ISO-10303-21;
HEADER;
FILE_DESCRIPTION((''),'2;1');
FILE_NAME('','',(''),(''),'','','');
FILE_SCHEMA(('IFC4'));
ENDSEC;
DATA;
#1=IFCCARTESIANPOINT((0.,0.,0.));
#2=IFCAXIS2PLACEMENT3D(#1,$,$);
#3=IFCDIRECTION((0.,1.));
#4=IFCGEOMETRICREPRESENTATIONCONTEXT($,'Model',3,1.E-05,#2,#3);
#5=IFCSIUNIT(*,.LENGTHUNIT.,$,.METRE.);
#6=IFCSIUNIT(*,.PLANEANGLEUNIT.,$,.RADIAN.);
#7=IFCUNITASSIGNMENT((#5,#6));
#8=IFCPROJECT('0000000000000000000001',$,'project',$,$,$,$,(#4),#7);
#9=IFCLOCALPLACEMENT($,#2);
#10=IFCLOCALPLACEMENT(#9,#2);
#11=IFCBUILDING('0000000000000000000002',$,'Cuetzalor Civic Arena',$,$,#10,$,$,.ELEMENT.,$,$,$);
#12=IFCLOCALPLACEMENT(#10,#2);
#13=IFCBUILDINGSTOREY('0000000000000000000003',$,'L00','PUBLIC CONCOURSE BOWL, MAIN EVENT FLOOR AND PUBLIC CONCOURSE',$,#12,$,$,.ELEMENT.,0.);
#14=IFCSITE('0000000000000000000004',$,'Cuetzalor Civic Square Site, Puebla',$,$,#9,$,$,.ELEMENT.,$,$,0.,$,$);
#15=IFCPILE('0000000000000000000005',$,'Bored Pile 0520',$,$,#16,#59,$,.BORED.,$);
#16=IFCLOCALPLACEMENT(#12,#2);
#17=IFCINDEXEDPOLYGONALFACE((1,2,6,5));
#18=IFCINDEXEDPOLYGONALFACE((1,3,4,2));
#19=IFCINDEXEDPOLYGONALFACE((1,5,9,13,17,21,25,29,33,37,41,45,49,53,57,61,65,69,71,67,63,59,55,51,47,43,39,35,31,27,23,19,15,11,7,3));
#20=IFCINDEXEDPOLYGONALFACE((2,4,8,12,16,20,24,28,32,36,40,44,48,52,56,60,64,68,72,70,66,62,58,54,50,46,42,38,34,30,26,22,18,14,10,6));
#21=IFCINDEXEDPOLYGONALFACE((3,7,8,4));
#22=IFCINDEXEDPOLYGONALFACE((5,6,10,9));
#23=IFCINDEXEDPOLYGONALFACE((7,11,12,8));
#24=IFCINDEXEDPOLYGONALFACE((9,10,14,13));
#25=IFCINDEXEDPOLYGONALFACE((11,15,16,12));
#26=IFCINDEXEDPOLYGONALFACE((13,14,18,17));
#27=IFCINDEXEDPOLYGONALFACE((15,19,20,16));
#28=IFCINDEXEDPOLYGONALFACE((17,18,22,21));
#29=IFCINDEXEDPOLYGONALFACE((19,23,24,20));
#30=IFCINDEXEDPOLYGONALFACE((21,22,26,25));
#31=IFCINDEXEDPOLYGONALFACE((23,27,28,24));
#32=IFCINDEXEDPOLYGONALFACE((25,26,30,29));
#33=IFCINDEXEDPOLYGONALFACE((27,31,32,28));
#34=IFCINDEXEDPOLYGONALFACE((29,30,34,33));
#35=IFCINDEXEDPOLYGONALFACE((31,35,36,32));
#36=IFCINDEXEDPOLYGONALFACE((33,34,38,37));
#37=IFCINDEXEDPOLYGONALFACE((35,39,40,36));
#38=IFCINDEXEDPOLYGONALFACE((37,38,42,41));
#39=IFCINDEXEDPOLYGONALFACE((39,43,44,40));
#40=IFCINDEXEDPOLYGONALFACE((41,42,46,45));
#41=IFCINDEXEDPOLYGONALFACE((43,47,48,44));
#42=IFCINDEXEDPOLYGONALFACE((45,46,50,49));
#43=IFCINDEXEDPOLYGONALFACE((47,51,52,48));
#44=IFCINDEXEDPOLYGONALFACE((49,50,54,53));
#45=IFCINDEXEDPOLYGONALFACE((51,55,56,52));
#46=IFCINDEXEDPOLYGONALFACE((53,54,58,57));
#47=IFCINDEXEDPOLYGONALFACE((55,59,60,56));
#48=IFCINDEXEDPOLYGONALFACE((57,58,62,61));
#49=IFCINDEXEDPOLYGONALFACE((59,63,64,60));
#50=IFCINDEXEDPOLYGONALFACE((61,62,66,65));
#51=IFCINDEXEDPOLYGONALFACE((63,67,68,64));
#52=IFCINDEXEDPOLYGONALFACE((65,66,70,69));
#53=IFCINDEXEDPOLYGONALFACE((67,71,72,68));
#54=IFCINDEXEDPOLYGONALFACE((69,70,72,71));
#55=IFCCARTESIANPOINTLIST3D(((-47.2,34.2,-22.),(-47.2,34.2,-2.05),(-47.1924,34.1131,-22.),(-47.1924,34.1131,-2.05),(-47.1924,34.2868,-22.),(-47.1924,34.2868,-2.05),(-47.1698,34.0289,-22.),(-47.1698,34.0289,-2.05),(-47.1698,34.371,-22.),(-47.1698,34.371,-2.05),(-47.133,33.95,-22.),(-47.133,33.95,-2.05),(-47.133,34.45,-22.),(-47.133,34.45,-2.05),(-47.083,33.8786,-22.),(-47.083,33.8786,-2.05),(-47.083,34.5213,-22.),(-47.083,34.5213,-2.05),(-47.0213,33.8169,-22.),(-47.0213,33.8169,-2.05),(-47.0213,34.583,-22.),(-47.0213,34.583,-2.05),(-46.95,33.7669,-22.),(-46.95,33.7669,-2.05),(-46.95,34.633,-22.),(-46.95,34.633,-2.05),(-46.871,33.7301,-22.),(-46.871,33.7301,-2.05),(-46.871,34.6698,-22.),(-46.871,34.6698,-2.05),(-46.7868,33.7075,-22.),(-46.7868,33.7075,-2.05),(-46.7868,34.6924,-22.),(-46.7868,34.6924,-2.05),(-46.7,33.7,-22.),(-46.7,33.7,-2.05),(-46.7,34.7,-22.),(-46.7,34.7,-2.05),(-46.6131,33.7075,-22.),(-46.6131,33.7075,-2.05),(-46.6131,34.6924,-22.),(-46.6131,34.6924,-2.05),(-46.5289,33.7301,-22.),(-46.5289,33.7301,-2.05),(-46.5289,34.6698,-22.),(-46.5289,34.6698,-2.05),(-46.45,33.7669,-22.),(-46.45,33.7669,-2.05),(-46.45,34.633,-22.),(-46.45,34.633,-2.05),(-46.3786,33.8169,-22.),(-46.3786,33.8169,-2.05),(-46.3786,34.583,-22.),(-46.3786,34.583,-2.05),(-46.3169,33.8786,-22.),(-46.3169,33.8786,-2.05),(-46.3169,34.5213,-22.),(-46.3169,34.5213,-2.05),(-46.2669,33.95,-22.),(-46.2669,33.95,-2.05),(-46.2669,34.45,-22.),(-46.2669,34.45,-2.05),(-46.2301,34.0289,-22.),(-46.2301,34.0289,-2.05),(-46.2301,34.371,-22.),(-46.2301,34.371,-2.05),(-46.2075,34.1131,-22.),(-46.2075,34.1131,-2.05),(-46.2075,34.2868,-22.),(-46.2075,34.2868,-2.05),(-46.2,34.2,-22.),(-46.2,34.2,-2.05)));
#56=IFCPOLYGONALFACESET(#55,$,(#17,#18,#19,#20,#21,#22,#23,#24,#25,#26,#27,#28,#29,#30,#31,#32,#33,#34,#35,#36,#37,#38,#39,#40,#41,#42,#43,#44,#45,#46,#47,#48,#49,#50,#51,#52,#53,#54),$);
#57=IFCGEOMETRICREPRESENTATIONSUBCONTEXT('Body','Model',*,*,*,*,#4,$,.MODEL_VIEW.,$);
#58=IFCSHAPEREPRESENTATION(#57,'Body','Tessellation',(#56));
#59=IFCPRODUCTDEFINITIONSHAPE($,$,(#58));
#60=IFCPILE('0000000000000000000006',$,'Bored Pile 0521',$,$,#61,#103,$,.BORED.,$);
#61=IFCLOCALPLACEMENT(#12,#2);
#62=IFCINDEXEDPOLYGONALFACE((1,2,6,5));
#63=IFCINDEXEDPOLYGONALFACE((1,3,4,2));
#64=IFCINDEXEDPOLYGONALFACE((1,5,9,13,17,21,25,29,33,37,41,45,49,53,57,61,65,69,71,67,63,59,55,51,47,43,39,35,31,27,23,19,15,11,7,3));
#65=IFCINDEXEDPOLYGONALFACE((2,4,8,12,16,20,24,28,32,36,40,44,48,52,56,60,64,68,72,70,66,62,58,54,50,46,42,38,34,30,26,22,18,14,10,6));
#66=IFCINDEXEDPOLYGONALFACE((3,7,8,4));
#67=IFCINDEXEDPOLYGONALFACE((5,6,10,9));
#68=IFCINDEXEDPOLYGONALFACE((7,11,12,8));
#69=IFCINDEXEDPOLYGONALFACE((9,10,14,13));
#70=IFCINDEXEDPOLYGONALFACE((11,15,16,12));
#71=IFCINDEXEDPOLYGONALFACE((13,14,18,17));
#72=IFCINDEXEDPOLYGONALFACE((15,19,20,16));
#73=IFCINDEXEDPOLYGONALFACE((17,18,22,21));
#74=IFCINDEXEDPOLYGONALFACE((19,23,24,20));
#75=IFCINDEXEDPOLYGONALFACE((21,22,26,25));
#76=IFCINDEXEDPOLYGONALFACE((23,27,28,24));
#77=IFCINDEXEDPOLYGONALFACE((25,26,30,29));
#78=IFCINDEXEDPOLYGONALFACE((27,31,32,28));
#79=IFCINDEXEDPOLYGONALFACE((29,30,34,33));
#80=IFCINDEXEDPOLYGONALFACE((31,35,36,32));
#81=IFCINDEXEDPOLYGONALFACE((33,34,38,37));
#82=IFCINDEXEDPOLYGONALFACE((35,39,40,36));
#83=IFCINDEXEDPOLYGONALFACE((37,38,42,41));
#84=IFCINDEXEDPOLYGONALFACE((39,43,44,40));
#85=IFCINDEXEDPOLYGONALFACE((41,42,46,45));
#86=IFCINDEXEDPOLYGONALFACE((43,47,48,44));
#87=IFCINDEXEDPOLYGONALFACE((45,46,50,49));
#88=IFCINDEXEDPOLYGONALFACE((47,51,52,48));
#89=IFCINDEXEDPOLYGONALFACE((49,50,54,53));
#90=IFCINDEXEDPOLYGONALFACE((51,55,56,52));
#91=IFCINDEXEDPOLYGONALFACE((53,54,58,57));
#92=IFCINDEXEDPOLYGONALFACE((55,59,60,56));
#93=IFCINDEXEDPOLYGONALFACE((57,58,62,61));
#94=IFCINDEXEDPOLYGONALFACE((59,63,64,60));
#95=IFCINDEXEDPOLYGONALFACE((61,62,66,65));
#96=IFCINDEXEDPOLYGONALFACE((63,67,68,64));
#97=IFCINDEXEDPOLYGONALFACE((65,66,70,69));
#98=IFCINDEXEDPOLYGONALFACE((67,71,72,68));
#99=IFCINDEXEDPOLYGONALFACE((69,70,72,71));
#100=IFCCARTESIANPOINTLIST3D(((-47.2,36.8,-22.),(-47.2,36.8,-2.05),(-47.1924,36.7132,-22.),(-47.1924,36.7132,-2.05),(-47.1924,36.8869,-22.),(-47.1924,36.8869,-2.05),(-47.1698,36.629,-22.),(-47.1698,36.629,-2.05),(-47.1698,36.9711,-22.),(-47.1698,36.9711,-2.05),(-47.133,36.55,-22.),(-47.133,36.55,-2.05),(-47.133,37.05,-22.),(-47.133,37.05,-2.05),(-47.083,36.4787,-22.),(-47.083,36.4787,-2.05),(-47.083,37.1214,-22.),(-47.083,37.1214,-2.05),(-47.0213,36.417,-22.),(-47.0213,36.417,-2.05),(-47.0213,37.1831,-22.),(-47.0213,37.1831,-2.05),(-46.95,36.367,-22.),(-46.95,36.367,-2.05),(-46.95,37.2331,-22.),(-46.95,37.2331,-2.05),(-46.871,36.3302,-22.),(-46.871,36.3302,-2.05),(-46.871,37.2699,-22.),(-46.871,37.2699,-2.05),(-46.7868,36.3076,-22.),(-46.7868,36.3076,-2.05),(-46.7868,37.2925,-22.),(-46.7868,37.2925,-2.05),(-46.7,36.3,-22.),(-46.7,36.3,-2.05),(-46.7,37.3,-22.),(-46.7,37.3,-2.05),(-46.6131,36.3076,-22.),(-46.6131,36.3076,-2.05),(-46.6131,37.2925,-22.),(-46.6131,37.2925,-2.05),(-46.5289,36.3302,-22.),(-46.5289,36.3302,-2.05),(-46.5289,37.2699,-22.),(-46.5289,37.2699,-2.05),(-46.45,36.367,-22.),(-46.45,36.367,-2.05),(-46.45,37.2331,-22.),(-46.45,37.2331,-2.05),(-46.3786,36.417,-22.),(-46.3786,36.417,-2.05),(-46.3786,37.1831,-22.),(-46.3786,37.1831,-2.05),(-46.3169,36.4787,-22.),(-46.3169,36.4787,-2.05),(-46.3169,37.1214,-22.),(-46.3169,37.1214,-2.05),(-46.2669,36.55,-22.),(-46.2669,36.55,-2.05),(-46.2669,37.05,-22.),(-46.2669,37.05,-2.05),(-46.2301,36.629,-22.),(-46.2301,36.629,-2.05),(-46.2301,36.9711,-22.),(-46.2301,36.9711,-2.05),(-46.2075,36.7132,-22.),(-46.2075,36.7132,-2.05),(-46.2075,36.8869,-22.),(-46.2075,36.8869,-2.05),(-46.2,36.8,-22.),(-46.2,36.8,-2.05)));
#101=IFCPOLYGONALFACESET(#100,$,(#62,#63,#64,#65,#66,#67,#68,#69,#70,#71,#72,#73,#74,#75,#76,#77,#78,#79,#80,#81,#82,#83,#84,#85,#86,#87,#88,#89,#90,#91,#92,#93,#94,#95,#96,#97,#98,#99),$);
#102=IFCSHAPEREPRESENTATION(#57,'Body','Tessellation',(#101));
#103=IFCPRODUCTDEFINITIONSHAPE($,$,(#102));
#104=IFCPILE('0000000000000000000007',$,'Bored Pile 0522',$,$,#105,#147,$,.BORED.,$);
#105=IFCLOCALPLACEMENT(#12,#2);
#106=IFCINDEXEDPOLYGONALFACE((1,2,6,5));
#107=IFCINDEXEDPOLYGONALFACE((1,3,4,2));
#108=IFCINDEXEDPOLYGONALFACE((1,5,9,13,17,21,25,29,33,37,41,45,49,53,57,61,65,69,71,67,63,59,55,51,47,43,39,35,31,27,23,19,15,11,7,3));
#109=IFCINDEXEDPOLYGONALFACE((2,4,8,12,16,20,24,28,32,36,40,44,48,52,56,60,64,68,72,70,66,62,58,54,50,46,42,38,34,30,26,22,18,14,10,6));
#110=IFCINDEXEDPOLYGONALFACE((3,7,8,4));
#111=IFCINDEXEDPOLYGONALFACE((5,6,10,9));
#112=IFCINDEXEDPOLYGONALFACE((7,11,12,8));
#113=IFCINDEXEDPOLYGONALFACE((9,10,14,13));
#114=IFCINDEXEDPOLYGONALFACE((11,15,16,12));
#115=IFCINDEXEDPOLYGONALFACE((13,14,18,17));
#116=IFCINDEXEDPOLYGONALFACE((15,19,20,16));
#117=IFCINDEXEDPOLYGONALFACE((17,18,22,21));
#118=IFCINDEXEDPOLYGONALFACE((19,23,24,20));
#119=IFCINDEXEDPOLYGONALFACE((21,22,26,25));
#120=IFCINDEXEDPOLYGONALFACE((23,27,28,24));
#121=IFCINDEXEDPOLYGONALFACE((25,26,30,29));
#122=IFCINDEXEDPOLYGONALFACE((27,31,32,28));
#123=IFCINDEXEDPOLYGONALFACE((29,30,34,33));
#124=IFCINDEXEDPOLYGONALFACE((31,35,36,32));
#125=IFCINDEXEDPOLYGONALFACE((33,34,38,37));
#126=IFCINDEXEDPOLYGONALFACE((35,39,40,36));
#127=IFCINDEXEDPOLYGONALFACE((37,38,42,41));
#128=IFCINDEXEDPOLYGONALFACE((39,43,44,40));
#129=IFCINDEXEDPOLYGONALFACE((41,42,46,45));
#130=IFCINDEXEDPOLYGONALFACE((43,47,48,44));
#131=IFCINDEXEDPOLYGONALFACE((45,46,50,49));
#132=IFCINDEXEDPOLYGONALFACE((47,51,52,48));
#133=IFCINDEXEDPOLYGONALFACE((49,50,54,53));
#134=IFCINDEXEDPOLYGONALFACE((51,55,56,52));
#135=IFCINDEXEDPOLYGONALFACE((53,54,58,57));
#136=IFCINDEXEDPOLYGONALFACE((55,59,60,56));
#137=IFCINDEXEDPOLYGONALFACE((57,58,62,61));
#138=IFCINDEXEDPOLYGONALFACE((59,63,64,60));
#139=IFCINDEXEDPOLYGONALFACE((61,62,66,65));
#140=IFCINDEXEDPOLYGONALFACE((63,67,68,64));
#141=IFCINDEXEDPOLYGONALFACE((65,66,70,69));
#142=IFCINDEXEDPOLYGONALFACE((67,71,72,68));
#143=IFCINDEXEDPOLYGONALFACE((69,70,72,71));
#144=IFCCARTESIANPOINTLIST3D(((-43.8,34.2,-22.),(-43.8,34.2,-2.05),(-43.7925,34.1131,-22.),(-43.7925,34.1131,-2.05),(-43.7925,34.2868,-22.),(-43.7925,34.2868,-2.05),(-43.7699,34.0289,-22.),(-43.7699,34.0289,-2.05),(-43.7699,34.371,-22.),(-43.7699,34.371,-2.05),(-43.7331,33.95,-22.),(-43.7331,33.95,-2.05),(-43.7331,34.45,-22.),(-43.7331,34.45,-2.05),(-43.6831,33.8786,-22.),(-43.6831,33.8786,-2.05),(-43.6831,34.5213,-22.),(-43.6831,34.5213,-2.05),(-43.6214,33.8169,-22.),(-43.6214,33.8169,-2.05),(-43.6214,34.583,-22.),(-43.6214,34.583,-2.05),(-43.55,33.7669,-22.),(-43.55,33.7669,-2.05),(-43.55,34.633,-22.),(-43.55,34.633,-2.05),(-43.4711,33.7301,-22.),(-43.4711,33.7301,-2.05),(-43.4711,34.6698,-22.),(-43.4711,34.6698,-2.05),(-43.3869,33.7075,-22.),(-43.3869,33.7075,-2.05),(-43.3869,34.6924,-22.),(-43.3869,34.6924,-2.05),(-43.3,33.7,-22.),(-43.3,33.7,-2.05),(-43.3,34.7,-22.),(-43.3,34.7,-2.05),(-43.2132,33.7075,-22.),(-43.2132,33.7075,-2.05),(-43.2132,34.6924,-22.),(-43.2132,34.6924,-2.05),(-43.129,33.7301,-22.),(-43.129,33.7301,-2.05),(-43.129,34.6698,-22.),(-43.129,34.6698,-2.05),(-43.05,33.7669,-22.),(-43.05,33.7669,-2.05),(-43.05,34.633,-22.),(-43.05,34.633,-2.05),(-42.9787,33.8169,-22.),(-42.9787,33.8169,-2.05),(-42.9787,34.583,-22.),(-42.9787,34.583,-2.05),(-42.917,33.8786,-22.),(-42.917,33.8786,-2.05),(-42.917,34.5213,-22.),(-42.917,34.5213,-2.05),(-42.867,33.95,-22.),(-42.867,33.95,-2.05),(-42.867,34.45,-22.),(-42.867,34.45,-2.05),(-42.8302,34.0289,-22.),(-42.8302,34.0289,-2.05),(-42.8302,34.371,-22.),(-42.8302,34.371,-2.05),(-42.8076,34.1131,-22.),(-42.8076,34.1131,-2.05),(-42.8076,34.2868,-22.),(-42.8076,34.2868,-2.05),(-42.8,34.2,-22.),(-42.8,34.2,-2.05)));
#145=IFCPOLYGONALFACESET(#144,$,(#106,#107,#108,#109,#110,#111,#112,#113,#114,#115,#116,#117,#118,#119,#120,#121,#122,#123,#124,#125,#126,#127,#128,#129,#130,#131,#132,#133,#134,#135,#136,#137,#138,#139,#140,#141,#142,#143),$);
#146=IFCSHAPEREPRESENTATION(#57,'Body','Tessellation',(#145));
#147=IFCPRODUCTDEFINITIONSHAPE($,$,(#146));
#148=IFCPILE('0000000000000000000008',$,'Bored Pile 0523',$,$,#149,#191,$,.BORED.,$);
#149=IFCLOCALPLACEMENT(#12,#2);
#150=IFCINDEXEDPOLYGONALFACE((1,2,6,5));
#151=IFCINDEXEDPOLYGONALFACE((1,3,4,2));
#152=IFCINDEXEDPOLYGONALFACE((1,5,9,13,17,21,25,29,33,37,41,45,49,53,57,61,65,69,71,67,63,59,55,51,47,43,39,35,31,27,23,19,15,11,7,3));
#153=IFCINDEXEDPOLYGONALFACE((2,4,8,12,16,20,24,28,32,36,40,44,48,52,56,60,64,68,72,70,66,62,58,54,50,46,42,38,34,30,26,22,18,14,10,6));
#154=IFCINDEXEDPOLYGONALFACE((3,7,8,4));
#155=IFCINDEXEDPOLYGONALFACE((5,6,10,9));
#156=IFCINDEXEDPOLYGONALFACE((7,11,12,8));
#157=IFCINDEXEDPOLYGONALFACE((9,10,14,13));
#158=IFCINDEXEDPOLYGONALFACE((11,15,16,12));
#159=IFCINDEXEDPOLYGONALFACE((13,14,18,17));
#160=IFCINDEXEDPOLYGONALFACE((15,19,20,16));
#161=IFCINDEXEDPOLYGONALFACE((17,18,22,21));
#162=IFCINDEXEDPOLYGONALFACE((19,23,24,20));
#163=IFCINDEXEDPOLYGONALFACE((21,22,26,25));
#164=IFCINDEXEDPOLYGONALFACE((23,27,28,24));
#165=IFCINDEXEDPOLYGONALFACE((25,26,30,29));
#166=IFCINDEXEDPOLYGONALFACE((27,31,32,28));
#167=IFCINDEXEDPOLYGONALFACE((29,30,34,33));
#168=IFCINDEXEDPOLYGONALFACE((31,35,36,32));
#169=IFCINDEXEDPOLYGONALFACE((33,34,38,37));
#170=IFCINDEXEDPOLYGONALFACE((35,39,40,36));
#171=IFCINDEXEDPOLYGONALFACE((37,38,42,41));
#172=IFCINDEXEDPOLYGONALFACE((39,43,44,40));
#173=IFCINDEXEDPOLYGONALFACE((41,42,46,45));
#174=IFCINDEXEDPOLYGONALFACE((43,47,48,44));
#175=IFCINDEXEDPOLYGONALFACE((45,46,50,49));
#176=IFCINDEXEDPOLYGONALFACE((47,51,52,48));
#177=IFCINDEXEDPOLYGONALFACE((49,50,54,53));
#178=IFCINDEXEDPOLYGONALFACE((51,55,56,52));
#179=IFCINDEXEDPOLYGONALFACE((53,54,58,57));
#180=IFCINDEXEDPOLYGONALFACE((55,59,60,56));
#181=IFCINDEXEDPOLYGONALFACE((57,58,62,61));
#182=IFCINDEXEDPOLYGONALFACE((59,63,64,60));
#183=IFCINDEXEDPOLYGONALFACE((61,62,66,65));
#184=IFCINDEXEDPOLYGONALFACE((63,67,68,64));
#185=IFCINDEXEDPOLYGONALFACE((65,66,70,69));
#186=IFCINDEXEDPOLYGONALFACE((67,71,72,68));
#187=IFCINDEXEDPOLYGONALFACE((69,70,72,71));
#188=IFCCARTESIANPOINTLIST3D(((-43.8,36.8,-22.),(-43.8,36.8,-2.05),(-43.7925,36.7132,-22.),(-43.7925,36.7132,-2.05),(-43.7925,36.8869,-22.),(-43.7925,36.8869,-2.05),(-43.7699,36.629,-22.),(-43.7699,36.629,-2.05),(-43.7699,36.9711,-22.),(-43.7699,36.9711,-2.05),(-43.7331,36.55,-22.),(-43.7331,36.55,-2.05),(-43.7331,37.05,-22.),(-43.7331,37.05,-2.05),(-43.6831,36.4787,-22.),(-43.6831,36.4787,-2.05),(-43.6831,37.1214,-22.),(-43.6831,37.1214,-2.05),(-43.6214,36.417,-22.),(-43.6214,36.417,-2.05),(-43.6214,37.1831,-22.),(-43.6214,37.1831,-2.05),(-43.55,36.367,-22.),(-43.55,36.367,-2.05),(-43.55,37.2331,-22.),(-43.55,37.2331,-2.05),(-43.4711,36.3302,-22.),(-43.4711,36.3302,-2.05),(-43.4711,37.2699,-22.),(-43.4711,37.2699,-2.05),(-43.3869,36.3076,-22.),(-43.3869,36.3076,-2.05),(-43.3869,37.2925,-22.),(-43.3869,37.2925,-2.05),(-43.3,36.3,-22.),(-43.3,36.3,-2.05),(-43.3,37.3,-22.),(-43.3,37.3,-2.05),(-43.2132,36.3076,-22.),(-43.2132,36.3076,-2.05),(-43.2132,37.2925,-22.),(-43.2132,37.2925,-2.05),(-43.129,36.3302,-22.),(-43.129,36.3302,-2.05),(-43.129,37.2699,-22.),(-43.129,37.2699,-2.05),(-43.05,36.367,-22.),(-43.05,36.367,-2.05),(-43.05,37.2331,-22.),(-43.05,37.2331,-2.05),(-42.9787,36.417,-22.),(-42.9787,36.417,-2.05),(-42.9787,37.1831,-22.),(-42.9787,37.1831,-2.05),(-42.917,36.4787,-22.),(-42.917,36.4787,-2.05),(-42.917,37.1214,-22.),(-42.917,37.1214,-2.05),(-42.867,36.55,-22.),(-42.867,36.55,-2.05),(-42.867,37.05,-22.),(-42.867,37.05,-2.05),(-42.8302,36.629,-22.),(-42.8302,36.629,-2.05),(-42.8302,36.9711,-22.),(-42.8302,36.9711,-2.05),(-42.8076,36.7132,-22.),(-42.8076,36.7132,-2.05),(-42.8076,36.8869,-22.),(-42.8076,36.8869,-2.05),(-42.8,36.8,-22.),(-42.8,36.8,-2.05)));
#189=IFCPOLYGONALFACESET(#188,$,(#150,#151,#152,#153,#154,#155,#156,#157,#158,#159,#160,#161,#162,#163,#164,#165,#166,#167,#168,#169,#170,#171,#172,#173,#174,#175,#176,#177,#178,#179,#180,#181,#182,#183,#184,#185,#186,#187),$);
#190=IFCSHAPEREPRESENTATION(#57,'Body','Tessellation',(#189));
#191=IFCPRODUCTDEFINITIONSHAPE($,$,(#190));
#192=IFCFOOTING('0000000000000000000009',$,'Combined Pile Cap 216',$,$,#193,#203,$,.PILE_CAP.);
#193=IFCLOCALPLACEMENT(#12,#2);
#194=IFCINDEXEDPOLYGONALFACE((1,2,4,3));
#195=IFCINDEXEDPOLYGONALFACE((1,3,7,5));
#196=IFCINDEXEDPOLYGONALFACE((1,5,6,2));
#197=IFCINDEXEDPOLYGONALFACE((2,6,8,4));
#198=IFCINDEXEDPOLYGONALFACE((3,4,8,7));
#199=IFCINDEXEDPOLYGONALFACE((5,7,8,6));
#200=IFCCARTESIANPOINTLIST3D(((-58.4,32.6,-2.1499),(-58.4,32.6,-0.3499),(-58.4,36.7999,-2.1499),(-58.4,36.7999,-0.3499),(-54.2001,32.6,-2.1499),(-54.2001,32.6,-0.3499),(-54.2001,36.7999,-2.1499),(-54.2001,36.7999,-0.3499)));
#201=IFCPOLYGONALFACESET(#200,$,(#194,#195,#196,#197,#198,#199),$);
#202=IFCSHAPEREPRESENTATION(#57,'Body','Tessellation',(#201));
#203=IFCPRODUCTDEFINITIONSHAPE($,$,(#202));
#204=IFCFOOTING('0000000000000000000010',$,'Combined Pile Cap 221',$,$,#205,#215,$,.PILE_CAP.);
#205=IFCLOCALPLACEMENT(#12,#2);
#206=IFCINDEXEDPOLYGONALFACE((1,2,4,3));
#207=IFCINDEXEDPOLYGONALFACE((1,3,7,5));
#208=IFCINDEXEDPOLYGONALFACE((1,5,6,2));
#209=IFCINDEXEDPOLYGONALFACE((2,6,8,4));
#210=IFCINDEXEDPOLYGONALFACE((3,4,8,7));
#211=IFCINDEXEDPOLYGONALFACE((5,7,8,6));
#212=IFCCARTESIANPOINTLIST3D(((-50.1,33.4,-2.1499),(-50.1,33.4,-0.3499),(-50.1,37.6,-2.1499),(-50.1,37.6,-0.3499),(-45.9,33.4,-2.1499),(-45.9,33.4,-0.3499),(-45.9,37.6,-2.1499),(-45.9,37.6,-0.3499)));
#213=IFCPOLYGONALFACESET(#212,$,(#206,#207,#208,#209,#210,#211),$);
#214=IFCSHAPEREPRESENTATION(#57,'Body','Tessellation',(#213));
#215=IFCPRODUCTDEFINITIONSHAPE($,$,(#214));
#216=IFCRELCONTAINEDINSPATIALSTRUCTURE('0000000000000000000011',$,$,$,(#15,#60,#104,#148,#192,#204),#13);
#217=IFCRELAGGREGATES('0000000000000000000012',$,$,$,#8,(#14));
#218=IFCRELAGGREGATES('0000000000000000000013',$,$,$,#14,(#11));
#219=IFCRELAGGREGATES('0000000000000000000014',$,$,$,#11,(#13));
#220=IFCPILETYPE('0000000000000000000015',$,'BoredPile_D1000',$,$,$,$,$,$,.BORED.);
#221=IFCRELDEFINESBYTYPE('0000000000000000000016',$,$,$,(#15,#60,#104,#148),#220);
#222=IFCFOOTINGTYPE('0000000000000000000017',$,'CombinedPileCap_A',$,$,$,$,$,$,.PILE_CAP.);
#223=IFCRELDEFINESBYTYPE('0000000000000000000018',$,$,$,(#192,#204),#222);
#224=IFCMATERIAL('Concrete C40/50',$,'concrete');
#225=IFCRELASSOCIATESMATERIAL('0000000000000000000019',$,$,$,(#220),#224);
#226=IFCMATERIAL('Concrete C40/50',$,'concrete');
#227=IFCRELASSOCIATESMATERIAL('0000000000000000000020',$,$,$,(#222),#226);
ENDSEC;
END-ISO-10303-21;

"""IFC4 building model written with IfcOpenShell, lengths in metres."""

from ifc_helpers import new_model, si_unit, direction, frame, origin, origin_2d, place, context, subcontext, project, spatial, rectangle, circle, extrude, material, material_profile, profile_set, type_object, element, save


model = new_model("IFC4")

# Units and contexts
model_context = context("Model", 3, precision=1e-05, world=origin(), true_north=direction((0.0, 1.0)))
body_context = subcontext(model_context, "Body", "Model", "MODEL_VIEW")
ifc_project = project(units=[si_unit("LENGTHUNIT", "METRE"), si_unit("PLANEANGLEUNIT", "RADIAN")], contexts=[model_context])

# Site, building, storey
site_placement = place(None, origin())
site = spatial("IfcSite", under=ifc_project, at=site_placement, Name="Cuetzalor Civic Square Site, Puebla", CompositionType="ELEMENT", RefElevation=0.0)
building_placement = place(site_placement, origin())
building = spatial("IfcBuilding", under=site, at=building_placement, Name="Cuetzalor Civic Arena", CompositionType="ELEMENT")
storey_placement = place(building_placement, origin())
storey = spatial("IfcBuildingStorey", under=building, at=storey_placement, Name="L00", Description="PUBLIC CONCOURSE BOWL, MAIN EVENT FLOOR AND PUBLIC CONCOURSE", CompositionType="ELEMENT", Elevation=0.0)

# Piles
ifc_material_1 = material(Name="Concrete C40/50", Category="concrete")
ifc_material_profile_1 = material_profile(ifc_material_1, circle(Radius=0.5, at=origin_2d()), Name="BORED PILE D1000")
ifc_profile_set_1 = profile_set([ifc_material_profile_1], Name="Concrete C40/50")
pile_type = type_object("IfcPileType", Name="BoredPile_D1000", PredefinedType="BORED", material=ifc_profile_set_1)
for number, where, z_axis, x_axis, name in (
    (1, (-46.7, 34.2, -2.05), (0.0, 0.0, -1.0), (1.0, 0.0, 0.0), "Bored Pile 0520"),
    (2, (-46.7, 36.8, -2.05), (0.0, 0.0, -1.0), (1.0, 0.0, 0.0), "Bored Pile 0521"),
    (3, (-43.3, 34.2, -2.05), (0.0, 0.0, -1.0), (1.0, 0.0, 0.0), "Bored Pile 0522"),
    (4, (-43.3, 36.8, -2.05), (0.0, 0.0, -1.0), (1.0, 0.0, 0.0), "Bored Pile 0523"),
):
    element("IfcPile", number, at=place(storey_placement, frame(where, z_axis=z_axis, x_axis=x_axis)), inside=storey, type_object=pile_type, Name=name, PredefinedType="BORED", context=body_context, shape_type="SweptSolid", body=[
        extrude(circle(Radius=0.5, at=origin_2d()), origin(), (0.0, 0.0, 1.0), 19.95),
    ])

# Footings
ifc_material_2 = material(Name="Concrete C40/50", Category="concrete")
footing_type_1 = type_object("IfcFootingType", Name="CombinedPileCap_A", PredefinedType="PILE_CAP", material=ifc_material_2)
for number, where, z_axis, x_axis, name in (
    (5, (-56.3, 34.7, -2.1499), (0.0, 0.0, 1.0), (1.0, 0.0, 0.0), "Combined Pile Cap 216"),
    (6, (-48.0, 35.5, -2.1499), (0.0, 0.0, 1.0), (1.0, 0.0, 0.0), "Combined Pile Cap 221"),
):
    element("IfcFooting", number, at=place(storey_placement, frame(where, z_axis=z_axis, x_axis=x_axis)), inside=storey, type_object=footing_type_1, Name=name, PredefinedType="PILE_CAP", context=body_context, shape_type="SweptSolid", body=[
        extrude(rectangle(XDim=4.2, YDim=4.2, at=origin_2d()), origin(), (0.0, 0.0, 1.0), 1.8),
    ])

save(model, "model.ifc")
